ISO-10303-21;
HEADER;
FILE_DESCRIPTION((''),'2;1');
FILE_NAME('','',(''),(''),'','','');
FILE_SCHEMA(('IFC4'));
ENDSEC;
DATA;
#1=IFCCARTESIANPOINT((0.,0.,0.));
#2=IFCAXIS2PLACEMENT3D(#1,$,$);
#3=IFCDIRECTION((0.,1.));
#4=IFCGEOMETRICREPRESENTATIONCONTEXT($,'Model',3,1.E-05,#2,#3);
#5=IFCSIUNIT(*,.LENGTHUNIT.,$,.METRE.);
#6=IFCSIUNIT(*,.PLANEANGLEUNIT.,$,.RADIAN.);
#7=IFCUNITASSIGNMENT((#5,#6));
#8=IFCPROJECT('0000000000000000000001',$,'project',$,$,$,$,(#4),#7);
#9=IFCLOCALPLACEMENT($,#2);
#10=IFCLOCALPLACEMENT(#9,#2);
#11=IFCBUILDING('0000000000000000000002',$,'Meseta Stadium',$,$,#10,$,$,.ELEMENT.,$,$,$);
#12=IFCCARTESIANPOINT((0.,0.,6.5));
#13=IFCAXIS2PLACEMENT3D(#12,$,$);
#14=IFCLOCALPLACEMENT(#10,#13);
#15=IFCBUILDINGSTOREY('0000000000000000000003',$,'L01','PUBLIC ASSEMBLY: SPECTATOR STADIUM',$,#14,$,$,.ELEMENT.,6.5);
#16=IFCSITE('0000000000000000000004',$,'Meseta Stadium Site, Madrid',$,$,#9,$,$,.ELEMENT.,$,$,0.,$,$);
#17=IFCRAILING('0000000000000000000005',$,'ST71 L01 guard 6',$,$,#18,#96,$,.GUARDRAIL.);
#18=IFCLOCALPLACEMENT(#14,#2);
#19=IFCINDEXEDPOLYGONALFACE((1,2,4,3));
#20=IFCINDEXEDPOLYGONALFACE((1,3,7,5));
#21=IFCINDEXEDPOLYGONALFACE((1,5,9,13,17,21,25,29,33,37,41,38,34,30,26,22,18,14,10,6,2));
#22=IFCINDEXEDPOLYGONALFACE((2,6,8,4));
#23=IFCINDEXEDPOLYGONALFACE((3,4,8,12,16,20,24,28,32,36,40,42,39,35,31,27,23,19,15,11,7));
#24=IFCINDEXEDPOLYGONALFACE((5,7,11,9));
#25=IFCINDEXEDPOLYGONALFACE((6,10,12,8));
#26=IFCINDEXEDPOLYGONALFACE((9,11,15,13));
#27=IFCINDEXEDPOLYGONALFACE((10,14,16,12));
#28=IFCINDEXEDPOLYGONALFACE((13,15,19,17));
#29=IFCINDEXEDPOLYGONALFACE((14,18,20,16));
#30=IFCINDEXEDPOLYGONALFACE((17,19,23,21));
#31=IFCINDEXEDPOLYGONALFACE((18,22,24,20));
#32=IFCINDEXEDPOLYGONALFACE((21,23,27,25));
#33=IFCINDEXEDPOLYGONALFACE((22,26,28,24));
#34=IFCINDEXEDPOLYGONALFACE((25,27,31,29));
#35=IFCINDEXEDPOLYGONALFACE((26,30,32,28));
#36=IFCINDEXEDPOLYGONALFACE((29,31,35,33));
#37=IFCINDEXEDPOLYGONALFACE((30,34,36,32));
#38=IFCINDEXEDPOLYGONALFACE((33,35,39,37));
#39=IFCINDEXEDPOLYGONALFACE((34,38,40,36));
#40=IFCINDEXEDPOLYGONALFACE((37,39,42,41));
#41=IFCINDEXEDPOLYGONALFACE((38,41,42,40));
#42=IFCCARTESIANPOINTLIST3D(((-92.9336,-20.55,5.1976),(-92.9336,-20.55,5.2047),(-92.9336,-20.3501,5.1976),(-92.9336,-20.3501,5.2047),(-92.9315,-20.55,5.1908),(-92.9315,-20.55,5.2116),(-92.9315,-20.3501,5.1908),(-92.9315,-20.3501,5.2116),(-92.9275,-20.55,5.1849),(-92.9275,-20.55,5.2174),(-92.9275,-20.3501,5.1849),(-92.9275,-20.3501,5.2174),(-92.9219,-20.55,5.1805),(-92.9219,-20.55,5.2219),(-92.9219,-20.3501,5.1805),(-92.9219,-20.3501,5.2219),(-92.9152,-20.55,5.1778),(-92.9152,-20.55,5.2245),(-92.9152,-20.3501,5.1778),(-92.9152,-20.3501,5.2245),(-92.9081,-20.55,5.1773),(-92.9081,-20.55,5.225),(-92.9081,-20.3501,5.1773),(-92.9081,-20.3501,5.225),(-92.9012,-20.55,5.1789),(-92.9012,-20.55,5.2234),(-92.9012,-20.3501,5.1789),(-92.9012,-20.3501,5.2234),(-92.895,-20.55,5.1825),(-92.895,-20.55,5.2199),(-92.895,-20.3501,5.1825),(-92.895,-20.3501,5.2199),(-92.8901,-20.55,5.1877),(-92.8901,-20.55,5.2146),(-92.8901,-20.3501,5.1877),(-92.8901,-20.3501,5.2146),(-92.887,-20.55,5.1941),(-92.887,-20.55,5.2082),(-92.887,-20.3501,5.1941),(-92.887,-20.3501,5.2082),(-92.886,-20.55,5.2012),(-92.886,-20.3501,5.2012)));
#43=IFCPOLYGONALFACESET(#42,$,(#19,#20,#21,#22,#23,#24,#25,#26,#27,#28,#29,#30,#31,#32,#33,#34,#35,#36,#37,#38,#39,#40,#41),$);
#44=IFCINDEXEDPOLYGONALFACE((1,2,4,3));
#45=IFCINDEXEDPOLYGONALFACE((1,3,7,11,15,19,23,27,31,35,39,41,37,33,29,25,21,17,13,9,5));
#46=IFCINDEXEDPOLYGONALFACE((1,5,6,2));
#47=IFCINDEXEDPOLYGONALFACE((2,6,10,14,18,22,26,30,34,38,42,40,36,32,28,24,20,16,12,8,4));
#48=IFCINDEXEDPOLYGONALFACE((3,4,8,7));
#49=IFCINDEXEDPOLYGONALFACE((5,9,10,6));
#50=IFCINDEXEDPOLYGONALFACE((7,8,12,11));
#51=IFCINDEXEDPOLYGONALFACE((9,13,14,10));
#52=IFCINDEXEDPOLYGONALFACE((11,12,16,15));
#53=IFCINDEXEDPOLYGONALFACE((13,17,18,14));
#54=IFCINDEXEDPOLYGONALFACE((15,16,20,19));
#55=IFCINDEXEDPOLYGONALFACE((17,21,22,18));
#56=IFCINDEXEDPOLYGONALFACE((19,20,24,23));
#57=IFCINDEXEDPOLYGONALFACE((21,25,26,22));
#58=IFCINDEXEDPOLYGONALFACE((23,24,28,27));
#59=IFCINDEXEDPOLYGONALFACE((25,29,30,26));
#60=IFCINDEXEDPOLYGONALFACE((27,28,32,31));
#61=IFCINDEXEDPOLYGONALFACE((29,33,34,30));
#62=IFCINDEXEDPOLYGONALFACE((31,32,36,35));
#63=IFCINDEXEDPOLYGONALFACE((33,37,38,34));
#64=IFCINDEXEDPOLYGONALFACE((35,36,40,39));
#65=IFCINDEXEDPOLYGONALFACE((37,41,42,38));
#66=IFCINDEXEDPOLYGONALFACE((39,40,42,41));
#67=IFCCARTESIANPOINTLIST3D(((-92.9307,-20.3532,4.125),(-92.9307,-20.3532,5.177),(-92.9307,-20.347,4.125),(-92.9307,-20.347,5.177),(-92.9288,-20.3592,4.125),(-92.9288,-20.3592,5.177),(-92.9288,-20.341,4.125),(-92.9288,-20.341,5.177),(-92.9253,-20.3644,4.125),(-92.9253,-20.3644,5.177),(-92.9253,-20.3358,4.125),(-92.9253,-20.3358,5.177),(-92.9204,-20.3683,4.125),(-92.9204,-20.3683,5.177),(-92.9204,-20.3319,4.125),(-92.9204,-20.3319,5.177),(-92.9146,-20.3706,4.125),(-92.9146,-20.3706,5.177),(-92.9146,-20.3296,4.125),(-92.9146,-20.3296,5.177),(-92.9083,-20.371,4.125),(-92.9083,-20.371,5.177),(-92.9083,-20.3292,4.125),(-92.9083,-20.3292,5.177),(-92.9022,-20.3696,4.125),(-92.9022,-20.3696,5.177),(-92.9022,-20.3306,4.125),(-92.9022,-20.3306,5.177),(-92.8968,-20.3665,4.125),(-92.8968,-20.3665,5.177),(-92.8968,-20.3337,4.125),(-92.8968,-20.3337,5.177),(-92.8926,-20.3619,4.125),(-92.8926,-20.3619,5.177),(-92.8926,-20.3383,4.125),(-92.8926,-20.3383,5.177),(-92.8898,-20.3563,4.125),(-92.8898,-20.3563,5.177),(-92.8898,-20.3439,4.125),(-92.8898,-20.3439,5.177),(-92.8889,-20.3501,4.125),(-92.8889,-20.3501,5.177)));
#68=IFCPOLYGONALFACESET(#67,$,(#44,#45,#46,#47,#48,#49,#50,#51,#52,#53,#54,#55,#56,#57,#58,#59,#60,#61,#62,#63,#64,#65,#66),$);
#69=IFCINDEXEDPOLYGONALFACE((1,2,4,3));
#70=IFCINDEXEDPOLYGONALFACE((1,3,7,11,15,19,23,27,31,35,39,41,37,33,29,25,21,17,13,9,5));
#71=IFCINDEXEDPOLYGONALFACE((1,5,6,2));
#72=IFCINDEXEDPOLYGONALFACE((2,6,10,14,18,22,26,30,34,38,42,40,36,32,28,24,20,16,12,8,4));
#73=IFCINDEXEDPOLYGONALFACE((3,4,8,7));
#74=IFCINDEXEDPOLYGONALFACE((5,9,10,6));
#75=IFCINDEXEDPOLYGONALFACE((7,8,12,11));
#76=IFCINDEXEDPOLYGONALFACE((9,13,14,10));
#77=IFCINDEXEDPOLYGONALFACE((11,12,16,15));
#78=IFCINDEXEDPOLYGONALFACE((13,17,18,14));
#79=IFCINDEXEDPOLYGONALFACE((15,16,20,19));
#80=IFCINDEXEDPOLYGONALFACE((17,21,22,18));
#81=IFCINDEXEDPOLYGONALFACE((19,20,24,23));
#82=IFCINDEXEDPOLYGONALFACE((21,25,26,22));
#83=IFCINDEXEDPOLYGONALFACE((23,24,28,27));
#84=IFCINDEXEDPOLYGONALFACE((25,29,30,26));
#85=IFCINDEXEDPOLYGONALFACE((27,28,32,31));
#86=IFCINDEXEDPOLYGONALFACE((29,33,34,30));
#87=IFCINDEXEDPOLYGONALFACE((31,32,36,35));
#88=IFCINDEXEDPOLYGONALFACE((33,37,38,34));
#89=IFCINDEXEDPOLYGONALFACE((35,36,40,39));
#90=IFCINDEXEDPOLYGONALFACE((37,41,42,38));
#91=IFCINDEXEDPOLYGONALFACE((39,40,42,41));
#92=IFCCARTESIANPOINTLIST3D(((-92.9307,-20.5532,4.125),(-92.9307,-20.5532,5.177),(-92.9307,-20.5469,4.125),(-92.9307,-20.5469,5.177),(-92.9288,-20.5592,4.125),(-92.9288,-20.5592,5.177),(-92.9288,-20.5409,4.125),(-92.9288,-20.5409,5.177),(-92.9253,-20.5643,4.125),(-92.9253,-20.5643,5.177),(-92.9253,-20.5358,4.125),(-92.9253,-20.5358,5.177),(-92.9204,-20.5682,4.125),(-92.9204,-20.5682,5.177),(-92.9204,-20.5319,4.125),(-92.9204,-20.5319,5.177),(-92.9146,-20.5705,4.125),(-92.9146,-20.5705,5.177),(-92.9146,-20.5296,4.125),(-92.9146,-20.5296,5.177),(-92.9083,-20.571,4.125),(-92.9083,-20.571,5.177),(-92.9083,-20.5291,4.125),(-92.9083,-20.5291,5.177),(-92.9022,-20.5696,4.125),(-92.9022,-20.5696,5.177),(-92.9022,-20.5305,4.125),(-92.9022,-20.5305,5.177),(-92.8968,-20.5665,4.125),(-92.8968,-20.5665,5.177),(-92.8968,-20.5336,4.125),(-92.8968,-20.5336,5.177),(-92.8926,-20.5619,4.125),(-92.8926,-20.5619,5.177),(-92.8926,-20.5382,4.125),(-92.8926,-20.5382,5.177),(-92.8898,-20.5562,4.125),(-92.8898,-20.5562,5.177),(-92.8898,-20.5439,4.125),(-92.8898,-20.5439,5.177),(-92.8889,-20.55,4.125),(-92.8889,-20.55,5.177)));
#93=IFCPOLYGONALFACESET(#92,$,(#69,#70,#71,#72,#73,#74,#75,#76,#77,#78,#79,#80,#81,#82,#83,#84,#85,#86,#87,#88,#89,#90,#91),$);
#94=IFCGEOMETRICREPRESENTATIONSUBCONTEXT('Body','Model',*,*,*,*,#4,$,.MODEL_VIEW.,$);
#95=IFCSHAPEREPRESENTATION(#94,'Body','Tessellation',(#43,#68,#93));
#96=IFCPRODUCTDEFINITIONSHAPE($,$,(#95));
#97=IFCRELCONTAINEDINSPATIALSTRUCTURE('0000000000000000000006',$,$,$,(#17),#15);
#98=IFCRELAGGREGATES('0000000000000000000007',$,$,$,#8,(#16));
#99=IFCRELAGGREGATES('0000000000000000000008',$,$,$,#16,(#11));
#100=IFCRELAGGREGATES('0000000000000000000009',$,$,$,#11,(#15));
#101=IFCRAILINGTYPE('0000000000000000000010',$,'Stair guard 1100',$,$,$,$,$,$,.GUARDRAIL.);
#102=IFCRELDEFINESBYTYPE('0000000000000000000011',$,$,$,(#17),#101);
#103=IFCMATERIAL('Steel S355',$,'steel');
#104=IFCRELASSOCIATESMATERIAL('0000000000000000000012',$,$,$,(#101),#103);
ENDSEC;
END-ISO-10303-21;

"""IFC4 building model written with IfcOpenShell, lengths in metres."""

from ifc_helpers import new_model, si_unit, direction, frame, origin, origin_2d, place, context, subcontext, project, spatial, circle, extrude, material, type_object, element, save


model = new_model("IFC4")

# Units and contexts
model_context = context("Model", 3, precision=1e-05, world=origin(), true_north=direction((0.0, 1.0)))
body_context = subcontext(model_context, "Body", "Model", "MODEL_VIEW")
ifc_project = project(units=[si_unit("LENGTHUNIT", "METRE"), si_unit("PLANEANGLEUNIT", "RADIAN")], contexts=[model_context])

# Site, building, storey
site_placement = place(None, origin())
site = spatial("IfcSite", under=ifc_project, at=site_placement, Name="Meseta Stadium Site, Madrid", CompositionType="ELEMENT", RefElevation=0.0)
building_placement = place(site_placement, origin())
building = spatial("IfcBuilding", under=site, at=building_placement, Name="Meseta Stadium", CompositionType="ELEMENT")
storey_placement = place(building_placement, frame((0.0, 0.0, 6.5)))
storey = spatial("IfcBuildingStorey", under=building, at=storey_placement, Name="L01", Description="PUBLIC ASSEMBLY: SPECTATOR STADIUM", CompositionType="ELEMENT", Elevation=6.5)

# Railing
ifc_material_1 = material(Name="Steel S355", Category="steel")
railing_type_1 = type_object("IfcRailingType", Name="Stair guard 1100", PredefinedType="GUARDRAIL", material=ifc_material_1)
railing_1_placement = place(storey_placement, frame((-92.9099, -20.3501, 4.125)))
element("IfcRailing", 1, at=railing_1_placement, inside=storey, type_object=railing_type_1, Name="ST71 L01 guard 6", PredefinedType="GUARDRAIL", context=body_context, shape_type="SweptSolid", body=[
    extrude(circle(Radius=0.0239, at=origin_2d()), frame((0.0, 0.0, 1.0762), z_axis=(0.0, -1.0, 0.0), x_axis=(1.0, 0.0, 0.0)), (0.0, 0.0, 1.0), 0.2),
    extrude(circle(Radius=0.021, at=origin_2d()), origin(), (0.0, 0.0, 1.0), 1.052),
    extrude(circle(Radius=0.021, at=origin_2d()), frame((0.0, -0.2, 0.0)), (0.0, 0.0, 1.0), 1.052),
])

save(model, "model.ifc")
